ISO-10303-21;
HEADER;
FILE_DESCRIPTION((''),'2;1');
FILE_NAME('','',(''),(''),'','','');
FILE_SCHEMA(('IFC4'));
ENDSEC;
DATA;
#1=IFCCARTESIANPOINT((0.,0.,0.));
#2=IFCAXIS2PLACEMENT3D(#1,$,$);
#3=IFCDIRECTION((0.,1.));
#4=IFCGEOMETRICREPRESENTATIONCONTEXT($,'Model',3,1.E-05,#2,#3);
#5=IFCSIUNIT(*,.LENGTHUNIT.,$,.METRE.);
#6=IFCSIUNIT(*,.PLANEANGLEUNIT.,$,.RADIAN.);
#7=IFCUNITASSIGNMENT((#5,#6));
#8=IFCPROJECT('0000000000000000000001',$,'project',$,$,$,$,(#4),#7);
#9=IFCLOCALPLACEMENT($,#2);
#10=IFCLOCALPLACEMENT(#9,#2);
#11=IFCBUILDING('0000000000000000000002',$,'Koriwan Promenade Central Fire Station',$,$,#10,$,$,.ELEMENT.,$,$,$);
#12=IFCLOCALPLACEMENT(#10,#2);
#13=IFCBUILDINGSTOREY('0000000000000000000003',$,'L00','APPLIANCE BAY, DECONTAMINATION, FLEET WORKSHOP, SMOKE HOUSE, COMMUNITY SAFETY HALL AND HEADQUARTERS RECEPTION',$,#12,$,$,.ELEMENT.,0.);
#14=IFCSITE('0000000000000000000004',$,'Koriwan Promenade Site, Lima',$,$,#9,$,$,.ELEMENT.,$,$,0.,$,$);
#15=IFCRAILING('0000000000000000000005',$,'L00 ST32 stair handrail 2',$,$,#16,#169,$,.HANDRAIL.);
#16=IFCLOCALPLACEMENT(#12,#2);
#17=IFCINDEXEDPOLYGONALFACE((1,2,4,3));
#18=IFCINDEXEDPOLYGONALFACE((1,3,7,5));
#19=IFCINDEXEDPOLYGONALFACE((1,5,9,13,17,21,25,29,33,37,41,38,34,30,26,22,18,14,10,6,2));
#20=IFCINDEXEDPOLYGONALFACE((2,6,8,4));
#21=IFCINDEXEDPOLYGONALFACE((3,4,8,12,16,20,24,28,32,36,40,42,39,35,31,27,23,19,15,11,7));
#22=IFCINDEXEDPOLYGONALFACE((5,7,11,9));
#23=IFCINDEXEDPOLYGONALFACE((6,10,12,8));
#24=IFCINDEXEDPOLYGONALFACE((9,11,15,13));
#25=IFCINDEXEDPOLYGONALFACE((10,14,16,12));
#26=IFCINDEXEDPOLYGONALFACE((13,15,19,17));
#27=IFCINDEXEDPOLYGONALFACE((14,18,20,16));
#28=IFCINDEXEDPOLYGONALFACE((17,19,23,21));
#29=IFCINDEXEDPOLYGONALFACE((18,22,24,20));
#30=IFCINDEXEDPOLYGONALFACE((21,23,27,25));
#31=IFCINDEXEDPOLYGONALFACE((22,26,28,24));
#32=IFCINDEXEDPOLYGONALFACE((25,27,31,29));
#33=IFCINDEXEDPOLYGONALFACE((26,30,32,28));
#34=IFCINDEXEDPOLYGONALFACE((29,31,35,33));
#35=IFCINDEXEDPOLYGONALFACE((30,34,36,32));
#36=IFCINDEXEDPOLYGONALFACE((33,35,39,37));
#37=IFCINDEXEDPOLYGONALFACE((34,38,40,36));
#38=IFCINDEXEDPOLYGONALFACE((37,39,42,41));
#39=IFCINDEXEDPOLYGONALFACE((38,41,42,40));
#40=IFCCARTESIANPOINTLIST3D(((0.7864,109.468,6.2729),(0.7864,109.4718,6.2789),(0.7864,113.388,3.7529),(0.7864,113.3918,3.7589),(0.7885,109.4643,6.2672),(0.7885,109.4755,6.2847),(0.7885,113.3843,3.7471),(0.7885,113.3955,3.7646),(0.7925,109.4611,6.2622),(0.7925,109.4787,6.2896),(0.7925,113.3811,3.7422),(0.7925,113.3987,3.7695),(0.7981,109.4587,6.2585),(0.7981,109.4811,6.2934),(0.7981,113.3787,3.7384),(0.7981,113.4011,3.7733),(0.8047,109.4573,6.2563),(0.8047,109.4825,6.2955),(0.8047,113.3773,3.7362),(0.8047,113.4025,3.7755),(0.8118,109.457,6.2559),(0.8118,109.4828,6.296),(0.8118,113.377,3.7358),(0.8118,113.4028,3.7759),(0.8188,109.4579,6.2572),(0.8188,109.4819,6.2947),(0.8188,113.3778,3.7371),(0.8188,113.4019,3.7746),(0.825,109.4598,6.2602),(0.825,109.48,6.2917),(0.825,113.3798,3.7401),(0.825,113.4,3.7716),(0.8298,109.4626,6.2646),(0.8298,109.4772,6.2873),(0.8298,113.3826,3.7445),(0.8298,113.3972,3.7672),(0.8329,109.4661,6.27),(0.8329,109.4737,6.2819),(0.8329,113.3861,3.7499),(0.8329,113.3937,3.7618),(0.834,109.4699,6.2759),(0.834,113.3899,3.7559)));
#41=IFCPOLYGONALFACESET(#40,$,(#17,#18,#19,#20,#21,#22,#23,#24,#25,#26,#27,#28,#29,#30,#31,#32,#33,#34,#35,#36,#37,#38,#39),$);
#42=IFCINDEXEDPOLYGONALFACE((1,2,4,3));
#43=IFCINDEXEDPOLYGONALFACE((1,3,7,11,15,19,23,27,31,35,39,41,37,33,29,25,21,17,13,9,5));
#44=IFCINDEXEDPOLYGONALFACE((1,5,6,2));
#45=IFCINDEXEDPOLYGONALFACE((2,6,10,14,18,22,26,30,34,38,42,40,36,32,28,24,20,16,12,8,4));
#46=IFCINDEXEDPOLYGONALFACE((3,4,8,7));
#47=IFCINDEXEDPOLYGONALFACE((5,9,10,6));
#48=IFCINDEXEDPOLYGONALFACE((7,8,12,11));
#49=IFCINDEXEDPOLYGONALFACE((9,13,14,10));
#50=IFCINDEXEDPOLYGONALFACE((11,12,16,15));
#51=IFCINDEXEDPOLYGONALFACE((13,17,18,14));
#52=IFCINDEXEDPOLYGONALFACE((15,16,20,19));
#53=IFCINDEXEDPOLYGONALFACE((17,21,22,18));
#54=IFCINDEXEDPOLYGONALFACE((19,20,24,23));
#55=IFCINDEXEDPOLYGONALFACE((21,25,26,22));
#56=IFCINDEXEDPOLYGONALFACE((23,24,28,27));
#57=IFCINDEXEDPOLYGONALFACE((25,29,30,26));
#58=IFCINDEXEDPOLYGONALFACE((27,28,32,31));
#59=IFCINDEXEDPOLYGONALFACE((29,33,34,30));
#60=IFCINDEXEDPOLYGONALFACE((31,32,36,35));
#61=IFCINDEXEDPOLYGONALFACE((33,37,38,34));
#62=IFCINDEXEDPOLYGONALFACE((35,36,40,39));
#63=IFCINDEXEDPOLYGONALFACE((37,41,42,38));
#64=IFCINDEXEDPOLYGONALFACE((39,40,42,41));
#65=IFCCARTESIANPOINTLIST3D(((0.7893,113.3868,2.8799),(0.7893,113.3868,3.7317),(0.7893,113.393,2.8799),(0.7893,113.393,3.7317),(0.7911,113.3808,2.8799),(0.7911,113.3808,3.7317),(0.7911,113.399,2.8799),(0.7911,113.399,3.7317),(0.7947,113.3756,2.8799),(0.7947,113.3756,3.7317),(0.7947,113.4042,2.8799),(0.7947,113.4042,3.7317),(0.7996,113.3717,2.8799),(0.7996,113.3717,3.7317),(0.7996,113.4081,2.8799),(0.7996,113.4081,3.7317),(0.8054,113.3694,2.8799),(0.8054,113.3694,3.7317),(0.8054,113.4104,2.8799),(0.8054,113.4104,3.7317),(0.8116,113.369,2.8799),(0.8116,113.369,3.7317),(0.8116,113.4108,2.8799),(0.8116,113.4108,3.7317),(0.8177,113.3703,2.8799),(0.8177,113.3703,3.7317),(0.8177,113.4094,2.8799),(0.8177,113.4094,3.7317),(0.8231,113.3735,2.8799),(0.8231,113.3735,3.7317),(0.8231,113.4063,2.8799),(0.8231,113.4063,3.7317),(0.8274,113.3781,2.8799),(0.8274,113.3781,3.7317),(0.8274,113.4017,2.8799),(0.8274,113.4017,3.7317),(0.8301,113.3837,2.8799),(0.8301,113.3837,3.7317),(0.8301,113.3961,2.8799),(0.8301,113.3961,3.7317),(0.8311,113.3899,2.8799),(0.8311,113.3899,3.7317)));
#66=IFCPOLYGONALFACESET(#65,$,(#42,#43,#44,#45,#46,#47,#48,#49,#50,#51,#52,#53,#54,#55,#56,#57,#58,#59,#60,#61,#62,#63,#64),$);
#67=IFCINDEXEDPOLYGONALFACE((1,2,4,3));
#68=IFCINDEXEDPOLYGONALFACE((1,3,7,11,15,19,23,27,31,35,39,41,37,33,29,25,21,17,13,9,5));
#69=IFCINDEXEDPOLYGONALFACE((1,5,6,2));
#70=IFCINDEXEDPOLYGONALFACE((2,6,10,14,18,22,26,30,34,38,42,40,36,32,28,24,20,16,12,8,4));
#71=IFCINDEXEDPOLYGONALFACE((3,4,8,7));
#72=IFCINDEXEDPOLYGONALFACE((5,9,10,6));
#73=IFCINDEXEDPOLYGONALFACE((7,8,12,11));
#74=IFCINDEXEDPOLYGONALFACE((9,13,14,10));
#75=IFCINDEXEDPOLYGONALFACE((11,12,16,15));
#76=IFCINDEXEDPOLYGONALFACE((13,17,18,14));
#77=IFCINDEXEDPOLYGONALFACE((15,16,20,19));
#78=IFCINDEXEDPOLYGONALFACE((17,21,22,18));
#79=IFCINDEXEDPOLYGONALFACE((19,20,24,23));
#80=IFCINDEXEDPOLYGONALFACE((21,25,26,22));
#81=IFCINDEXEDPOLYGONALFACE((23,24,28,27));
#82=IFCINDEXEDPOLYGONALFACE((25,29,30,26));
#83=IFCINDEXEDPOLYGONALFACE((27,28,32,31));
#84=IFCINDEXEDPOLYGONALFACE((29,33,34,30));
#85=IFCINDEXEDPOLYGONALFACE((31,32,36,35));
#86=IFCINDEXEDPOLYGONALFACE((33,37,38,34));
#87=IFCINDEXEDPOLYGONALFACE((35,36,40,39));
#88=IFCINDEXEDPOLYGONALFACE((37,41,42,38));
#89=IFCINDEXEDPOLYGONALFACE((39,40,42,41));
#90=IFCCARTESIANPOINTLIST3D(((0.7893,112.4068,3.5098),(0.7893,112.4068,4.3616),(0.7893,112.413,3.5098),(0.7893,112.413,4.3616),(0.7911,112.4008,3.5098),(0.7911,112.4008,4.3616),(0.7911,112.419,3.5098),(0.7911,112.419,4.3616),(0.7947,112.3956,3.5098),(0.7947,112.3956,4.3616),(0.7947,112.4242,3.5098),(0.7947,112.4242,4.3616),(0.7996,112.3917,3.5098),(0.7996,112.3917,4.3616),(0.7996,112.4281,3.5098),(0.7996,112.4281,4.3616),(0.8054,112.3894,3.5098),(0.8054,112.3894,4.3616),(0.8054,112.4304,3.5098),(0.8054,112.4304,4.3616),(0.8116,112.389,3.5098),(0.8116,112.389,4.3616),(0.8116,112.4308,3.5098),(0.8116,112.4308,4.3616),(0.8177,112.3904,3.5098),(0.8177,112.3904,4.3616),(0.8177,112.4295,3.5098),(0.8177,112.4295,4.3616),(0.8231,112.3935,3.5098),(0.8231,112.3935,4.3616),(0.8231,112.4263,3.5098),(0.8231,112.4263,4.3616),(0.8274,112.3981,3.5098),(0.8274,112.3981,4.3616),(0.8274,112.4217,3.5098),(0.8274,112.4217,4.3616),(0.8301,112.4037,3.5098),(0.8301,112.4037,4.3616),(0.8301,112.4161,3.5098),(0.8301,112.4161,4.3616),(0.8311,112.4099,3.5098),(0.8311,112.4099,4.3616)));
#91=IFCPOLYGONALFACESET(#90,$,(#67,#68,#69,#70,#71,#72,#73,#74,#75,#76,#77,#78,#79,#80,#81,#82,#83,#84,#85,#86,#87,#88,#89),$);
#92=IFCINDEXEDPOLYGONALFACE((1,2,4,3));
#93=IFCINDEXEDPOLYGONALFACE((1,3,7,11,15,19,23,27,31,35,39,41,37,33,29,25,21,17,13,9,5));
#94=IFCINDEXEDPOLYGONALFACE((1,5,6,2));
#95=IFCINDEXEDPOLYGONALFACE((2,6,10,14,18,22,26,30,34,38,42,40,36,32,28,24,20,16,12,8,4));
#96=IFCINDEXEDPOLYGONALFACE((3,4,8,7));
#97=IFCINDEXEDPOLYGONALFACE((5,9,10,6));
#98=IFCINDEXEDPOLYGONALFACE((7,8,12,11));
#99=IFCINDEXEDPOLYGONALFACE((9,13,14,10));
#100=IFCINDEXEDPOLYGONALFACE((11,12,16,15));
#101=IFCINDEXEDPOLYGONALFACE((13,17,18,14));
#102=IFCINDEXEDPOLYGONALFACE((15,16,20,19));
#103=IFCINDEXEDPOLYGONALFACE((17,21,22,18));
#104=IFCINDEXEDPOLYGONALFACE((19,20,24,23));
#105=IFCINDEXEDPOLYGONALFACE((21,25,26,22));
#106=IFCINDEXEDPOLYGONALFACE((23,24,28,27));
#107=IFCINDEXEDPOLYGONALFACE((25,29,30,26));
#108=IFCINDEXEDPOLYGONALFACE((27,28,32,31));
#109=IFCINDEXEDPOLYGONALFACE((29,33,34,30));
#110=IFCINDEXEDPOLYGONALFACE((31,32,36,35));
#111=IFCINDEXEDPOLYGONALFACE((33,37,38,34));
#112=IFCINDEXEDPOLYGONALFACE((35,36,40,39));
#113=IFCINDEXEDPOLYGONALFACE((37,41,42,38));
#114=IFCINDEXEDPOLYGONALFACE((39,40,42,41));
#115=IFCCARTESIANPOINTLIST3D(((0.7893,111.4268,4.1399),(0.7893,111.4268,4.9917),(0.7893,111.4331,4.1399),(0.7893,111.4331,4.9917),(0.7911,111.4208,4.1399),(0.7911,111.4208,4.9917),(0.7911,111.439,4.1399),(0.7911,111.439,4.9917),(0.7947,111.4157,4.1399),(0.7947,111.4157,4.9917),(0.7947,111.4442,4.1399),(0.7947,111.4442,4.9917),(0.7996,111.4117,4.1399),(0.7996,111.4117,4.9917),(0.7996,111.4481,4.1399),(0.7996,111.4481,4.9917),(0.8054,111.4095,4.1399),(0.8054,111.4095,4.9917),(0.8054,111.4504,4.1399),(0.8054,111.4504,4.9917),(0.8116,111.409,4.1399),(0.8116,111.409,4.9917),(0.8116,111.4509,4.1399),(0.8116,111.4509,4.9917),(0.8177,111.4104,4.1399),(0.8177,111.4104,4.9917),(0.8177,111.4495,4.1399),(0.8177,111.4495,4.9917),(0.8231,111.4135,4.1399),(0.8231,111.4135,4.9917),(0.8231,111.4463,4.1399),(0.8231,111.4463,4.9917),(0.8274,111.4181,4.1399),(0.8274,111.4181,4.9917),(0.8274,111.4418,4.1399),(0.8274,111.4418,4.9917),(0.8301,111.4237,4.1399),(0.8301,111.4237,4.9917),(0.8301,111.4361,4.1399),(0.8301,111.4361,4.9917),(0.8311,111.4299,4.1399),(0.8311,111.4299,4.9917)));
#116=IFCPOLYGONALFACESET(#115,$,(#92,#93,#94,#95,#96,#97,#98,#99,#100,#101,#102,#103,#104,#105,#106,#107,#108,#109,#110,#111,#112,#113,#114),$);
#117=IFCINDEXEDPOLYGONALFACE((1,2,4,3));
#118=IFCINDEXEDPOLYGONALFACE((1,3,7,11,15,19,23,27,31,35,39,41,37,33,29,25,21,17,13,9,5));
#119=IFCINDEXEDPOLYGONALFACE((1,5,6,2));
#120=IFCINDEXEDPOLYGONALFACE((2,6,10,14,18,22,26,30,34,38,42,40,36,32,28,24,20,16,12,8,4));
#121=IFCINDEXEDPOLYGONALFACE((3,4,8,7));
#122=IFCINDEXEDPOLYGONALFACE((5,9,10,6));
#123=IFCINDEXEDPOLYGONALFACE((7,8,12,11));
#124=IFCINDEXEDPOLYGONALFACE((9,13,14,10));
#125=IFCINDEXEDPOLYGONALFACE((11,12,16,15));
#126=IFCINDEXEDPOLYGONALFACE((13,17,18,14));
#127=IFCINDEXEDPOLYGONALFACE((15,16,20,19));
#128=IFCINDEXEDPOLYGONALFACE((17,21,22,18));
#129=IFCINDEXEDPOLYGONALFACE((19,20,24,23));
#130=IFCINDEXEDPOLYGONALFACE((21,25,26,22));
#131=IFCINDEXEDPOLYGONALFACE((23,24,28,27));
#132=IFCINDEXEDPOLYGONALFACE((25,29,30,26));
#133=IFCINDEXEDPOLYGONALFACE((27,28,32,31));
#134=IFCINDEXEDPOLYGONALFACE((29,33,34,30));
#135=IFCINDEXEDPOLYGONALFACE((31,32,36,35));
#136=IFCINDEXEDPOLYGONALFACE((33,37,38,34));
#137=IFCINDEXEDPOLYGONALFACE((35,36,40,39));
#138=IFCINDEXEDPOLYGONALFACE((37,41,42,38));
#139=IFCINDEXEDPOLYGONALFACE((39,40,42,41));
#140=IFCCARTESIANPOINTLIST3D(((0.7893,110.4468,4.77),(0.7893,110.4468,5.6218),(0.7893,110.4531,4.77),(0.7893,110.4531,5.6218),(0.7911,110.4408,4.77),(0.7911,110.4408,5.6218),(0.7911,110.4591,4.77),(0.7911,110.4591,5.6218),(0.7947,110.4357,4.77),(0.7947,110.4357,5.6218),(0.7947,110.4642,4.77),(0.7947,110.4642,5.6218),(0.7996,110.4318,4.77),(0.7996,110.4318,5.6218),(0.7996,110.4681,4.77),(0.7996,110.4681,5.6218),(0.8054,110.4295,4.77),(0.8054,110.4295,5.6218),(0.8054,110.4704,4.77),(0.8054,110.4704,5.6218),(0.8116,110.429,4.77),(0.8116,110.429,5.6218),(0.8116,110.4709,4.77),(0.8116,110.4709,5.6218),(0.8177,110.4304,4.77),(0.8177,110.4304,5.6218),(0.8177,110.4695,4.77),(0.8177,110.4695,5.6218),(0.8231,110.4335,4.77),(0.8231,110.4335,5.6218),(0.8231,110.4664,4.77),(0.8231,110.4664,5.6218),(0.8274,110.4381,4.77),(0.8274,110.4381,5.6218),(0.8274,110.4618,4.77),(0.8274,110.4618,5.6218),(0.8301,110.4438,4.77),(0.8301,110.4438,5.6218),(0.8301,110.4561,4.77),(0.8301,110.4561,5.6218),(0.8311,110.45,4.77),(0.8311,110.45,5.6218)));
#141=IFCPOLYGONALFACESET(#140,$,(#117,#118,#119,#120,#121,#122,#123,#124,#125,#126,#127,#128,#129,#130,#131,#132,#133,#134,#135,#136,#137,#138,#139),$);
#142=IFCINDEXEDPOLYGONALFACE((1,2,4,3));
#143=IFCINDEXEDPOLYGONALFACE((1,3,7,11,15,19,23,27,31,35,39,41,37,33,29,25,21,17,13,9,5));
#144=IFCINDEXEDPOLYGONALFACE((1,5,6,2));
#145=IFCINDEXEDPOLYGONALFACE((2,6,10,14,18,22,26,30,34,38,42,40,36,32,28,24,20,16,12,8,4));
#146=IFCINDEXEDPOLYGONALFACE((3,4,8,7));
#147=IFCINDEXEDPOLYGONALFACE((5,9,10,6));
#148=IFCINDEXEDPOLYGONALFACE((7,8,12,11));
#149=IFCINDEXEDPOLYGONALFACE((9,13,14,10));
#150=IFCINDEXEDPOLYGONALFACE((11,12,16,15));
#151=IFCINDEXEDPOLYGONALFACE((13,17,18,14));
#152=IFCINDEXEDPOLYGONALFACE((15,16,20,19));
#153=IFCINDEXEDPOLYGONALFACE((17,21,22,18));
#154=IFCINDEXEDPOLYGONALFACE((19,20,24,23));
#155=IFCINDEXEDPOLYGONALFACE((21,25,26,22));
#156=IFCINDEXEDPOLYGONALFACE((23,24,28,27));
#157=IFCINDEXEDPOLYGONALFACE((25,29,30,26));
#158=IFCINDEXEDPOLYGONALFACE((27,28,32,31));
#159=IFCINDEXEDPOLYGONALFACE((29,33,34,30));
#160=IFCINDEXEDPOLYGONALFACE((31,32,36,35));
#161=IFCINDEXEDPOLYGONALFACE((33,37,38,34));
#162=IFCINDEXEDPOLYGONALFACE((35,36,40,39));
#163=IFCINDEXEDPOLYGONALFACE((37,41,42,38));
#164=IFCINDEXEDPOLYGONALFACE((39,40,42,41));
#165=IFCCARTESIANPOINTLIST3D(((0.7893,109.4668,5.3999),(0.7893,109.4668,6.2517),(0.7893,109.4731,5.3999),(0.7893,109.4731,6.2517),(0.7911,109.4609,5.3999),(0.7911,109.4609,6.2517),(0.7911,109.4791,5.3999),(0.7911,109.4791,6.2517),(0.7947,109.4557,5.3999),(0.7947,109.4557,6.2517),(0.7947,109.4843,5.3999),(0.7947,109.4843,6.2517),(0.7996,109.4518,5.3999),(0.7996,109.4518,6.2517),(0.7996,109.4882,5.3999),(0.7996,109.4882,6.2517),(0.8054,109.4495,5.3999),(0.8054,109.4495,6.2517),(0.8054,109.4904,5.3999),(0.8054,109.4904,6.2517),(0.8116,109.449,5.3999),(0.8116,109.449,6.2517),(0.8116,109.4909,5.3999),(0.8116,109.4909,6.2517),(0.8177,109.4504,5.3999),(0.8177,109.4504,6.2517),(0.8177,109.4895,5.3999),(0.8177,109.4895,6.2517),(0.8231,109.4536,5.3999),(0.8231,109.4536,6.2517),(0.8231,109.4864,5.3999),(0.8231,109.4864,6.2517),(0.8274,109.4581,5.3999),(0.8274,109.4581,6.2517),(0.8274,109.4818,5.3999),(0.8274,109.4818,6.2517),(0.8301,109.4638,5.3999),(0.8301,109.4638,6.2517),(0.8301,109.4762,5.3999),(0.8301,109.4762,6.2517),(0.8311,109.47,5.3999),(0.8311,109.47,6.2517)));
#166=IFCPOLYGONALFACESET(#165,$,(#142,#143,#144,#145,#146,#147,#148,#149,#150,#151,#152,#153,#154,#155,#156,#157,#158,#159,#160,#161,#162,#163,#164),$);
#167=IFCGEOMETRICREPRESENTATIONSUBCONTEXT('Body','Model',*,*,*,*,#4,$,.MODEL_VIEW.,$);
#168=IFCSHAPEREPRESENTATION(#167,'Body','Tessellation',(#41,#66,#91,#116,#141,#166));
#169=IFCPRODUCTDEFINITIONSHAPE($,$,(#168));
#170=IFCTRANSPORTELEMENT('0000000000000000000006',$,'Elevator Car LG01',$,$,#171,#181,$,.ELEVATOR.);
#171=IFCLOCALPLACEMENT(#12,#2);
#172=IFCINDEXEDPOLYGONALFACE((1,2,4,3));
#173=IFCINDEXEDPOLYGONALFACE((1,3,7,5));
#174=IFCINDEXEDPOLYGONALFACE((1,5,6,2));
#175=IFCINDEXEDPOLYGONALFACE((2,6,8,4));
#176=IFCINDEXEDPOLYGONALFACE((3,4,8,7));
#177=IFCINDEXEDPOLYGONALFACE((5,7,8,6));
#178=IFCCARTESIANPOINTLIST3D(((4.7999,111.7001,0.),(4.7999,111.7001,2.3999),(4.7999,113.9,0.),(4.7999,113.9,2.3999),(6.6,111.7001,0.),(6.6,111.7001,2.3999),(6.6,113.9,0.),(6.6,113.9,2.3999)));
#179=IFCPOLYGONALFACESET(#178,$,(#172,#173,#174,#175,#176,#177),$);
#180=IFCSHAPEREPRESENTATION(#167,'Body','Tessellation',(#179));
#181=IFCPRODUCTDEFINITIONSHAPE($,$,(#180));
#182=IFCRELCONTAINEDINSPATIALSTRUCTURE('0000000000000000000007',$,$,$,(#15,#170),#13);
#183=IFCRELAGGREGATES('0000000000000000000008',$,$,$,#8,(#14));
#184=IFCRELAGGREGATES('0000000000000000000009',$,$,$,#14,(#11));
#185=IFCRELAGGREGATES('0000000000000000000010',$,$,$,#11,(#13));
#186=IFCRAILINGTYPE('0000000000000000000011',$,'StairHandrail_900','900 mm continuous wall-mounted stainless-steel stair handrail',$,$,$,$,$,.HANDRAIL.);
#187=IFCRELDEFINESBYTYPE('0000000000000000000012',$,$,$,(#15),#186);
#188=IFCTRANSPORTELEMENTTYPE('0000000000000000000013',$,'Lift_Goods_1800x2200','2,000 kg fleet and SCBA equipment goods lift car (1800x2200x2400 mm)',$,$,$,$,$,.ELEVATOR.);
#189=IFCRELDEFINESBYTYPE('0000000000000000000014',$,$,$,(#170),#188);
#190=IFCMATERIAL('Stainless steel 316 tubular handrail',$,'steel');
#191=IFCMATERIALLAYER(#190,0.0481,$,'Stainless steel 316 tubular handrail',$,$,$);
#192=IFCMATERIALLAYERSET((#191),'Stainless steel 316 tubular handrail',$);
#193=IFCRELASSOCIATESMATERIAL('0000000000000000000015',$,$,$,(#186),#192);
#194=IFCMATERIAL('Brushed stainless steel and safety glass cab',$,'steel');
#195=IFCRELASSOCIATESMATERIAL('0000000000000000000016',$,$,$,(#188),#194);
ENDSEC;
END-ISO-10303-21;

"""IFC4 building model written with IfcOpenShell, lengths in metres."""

from ifc_helpers import new_model, si_unit, direction, frame, origin, origin_2d, place, context, subcontext, project, spatial, rectangle, circle, extrude, material, layer, layer_set, type_object, element, save


model = new_model("IFC4")

# Units and contexts
model_context = context("Model", 3, precision=1e-05, world=origin(), true_north=direction((0.0, 1.0)))
body_context = subcontext(model_context, "Body", "Model", "MODEL_VIEW")
ifc_project = project(units=[si_unit("LENGTHUNIT", "METRE"), si_unit("PLANEANGLEUNIT", "RADIAN")], contexts=[model_context])

# Site, building, storey
site_placement = place(None, origin())
site = spatial("IfcSite", under=ifc_project, at=site_placement, Name="Koriwan Promenade Site, Lima", CompositionType="ELEMENT", RefElevation=0.0)
building_placement = place(site_placement, origin())
building = spatial("IfcBuilding", under=site, at=building_placement, Name="Koriwan Promenade Central Fire Station", CompositionType="ELEMENT")
storey_placement = place(building_placement, origin())
storey = spatial("IfcBuildingStorey", under=building, at=storey_placement, Name="L00", Description="APPLIANCE BAY, DECONTAMINATION, FLEET WORKSHOP, SMOKE HOUSE, COMMUNITY SAFETY HALL AND HEADQUARTERS RECEPTION", CompositionType="ELEMENT", Elevation=0.0)

# Railing
ifc_material_1 = material(Name="Stainless steel 316 tubular handrail", Category="steel")
ifc_layer_1 = layer(ifc_material_1, 0.0481, Name="Stainless steel 316 tubular handrail")
ifc_layer_set_1 = layer_set([ifc_layer_1], Name="Stainless steel 316 tubular handrail")
railing_type_1 = type_object("IfcRailingType", Name="StairHandrail_900", Description="900 mm continuous wall-mounted stainless-steel stair handrail", PredefinedType="HANDRAIL", material=ifc_layer_set_1)
railing_1_placement = place(storey_placement, frame((0.8101, 113.3899, 2.8799)))
element("IfcRailing", 1, at=railing_1_placement, inside=storey, type_object=railing_type_1, Name="L00 ST32 stair handrail 2", PredefinedType="HANDRAIL", context=body_context, shape_type="SweptSolid", body=[
    extrude(circle(Radius=0.0239, at=origin_2d()), frame((0.0, 0.0, 0.876), z_axis=(0.0, -0.841172, 0.540768), x_axis=(1.0, 0.0, 0.0)), (0.0, 0.0, 1.0), 4.6602),
    extrude(circle(Radius=0.021, at=origin_2d()), origin(), (0.0, 0.0, 1.0), 0.8518),
    extrude(circle(Radius=0.021, at=origin_2d()), frame((0.0, -0.98, 0.6299)), (0.0, 0.0, 1.0), 0.8518),
    extrude(circle(Radius=0.021, at=origin_2d()), frame((0.0, -1.96, 1.26)), (0.0, 0.0, 1.0), 0.8518),
    extrude(circle(Radius=0.021, at=origin_2d()), frame((0.0, -2.9399, 1.8901)), (0.0, 0.0, 1.0), 0.8518),
    extrude(circle(Radius=0.021, at=origin_2d()), frame((0.0, -3.9199, 2.52)), (0.0, 0.0, 1.0), 0.8518),
])

# Transport element
ifc_material_2 = material(Name="Brushed stainless steel and safety glass cab", Category="steel")
transport_element_type = type_object("IfcTransportElementType", Name="Lift_Goods_1800x2200", Description="2,000 kg fleet and SCBA equipment goods lift car (1800x2200x2400 mm)", PredefinedType="ELEVATOR", material=ifc_material_2)
transport_element_placement = place(storey_placement, frame((5.7, 112.8, 0.0), z_axis=(0.0, 0.0, 1.0), x_axis=(1.0, 0.0, 0.0)))
element("IfcTransportElement", 2, at=transport_element_placement, inside=storey, type_object=transport_element_type, Name="Elevator Car LG01", PredefinedType="ELEVATOR", context=body_context, shape_type="SweptSolid", body=[
    extrude(rectangle(XDim=1.8, YDim=2.2, at=origin_2d()), origin(), (0.0, 0.0, 1.0), 2.3999),
])

save(model, "model.ifc")
